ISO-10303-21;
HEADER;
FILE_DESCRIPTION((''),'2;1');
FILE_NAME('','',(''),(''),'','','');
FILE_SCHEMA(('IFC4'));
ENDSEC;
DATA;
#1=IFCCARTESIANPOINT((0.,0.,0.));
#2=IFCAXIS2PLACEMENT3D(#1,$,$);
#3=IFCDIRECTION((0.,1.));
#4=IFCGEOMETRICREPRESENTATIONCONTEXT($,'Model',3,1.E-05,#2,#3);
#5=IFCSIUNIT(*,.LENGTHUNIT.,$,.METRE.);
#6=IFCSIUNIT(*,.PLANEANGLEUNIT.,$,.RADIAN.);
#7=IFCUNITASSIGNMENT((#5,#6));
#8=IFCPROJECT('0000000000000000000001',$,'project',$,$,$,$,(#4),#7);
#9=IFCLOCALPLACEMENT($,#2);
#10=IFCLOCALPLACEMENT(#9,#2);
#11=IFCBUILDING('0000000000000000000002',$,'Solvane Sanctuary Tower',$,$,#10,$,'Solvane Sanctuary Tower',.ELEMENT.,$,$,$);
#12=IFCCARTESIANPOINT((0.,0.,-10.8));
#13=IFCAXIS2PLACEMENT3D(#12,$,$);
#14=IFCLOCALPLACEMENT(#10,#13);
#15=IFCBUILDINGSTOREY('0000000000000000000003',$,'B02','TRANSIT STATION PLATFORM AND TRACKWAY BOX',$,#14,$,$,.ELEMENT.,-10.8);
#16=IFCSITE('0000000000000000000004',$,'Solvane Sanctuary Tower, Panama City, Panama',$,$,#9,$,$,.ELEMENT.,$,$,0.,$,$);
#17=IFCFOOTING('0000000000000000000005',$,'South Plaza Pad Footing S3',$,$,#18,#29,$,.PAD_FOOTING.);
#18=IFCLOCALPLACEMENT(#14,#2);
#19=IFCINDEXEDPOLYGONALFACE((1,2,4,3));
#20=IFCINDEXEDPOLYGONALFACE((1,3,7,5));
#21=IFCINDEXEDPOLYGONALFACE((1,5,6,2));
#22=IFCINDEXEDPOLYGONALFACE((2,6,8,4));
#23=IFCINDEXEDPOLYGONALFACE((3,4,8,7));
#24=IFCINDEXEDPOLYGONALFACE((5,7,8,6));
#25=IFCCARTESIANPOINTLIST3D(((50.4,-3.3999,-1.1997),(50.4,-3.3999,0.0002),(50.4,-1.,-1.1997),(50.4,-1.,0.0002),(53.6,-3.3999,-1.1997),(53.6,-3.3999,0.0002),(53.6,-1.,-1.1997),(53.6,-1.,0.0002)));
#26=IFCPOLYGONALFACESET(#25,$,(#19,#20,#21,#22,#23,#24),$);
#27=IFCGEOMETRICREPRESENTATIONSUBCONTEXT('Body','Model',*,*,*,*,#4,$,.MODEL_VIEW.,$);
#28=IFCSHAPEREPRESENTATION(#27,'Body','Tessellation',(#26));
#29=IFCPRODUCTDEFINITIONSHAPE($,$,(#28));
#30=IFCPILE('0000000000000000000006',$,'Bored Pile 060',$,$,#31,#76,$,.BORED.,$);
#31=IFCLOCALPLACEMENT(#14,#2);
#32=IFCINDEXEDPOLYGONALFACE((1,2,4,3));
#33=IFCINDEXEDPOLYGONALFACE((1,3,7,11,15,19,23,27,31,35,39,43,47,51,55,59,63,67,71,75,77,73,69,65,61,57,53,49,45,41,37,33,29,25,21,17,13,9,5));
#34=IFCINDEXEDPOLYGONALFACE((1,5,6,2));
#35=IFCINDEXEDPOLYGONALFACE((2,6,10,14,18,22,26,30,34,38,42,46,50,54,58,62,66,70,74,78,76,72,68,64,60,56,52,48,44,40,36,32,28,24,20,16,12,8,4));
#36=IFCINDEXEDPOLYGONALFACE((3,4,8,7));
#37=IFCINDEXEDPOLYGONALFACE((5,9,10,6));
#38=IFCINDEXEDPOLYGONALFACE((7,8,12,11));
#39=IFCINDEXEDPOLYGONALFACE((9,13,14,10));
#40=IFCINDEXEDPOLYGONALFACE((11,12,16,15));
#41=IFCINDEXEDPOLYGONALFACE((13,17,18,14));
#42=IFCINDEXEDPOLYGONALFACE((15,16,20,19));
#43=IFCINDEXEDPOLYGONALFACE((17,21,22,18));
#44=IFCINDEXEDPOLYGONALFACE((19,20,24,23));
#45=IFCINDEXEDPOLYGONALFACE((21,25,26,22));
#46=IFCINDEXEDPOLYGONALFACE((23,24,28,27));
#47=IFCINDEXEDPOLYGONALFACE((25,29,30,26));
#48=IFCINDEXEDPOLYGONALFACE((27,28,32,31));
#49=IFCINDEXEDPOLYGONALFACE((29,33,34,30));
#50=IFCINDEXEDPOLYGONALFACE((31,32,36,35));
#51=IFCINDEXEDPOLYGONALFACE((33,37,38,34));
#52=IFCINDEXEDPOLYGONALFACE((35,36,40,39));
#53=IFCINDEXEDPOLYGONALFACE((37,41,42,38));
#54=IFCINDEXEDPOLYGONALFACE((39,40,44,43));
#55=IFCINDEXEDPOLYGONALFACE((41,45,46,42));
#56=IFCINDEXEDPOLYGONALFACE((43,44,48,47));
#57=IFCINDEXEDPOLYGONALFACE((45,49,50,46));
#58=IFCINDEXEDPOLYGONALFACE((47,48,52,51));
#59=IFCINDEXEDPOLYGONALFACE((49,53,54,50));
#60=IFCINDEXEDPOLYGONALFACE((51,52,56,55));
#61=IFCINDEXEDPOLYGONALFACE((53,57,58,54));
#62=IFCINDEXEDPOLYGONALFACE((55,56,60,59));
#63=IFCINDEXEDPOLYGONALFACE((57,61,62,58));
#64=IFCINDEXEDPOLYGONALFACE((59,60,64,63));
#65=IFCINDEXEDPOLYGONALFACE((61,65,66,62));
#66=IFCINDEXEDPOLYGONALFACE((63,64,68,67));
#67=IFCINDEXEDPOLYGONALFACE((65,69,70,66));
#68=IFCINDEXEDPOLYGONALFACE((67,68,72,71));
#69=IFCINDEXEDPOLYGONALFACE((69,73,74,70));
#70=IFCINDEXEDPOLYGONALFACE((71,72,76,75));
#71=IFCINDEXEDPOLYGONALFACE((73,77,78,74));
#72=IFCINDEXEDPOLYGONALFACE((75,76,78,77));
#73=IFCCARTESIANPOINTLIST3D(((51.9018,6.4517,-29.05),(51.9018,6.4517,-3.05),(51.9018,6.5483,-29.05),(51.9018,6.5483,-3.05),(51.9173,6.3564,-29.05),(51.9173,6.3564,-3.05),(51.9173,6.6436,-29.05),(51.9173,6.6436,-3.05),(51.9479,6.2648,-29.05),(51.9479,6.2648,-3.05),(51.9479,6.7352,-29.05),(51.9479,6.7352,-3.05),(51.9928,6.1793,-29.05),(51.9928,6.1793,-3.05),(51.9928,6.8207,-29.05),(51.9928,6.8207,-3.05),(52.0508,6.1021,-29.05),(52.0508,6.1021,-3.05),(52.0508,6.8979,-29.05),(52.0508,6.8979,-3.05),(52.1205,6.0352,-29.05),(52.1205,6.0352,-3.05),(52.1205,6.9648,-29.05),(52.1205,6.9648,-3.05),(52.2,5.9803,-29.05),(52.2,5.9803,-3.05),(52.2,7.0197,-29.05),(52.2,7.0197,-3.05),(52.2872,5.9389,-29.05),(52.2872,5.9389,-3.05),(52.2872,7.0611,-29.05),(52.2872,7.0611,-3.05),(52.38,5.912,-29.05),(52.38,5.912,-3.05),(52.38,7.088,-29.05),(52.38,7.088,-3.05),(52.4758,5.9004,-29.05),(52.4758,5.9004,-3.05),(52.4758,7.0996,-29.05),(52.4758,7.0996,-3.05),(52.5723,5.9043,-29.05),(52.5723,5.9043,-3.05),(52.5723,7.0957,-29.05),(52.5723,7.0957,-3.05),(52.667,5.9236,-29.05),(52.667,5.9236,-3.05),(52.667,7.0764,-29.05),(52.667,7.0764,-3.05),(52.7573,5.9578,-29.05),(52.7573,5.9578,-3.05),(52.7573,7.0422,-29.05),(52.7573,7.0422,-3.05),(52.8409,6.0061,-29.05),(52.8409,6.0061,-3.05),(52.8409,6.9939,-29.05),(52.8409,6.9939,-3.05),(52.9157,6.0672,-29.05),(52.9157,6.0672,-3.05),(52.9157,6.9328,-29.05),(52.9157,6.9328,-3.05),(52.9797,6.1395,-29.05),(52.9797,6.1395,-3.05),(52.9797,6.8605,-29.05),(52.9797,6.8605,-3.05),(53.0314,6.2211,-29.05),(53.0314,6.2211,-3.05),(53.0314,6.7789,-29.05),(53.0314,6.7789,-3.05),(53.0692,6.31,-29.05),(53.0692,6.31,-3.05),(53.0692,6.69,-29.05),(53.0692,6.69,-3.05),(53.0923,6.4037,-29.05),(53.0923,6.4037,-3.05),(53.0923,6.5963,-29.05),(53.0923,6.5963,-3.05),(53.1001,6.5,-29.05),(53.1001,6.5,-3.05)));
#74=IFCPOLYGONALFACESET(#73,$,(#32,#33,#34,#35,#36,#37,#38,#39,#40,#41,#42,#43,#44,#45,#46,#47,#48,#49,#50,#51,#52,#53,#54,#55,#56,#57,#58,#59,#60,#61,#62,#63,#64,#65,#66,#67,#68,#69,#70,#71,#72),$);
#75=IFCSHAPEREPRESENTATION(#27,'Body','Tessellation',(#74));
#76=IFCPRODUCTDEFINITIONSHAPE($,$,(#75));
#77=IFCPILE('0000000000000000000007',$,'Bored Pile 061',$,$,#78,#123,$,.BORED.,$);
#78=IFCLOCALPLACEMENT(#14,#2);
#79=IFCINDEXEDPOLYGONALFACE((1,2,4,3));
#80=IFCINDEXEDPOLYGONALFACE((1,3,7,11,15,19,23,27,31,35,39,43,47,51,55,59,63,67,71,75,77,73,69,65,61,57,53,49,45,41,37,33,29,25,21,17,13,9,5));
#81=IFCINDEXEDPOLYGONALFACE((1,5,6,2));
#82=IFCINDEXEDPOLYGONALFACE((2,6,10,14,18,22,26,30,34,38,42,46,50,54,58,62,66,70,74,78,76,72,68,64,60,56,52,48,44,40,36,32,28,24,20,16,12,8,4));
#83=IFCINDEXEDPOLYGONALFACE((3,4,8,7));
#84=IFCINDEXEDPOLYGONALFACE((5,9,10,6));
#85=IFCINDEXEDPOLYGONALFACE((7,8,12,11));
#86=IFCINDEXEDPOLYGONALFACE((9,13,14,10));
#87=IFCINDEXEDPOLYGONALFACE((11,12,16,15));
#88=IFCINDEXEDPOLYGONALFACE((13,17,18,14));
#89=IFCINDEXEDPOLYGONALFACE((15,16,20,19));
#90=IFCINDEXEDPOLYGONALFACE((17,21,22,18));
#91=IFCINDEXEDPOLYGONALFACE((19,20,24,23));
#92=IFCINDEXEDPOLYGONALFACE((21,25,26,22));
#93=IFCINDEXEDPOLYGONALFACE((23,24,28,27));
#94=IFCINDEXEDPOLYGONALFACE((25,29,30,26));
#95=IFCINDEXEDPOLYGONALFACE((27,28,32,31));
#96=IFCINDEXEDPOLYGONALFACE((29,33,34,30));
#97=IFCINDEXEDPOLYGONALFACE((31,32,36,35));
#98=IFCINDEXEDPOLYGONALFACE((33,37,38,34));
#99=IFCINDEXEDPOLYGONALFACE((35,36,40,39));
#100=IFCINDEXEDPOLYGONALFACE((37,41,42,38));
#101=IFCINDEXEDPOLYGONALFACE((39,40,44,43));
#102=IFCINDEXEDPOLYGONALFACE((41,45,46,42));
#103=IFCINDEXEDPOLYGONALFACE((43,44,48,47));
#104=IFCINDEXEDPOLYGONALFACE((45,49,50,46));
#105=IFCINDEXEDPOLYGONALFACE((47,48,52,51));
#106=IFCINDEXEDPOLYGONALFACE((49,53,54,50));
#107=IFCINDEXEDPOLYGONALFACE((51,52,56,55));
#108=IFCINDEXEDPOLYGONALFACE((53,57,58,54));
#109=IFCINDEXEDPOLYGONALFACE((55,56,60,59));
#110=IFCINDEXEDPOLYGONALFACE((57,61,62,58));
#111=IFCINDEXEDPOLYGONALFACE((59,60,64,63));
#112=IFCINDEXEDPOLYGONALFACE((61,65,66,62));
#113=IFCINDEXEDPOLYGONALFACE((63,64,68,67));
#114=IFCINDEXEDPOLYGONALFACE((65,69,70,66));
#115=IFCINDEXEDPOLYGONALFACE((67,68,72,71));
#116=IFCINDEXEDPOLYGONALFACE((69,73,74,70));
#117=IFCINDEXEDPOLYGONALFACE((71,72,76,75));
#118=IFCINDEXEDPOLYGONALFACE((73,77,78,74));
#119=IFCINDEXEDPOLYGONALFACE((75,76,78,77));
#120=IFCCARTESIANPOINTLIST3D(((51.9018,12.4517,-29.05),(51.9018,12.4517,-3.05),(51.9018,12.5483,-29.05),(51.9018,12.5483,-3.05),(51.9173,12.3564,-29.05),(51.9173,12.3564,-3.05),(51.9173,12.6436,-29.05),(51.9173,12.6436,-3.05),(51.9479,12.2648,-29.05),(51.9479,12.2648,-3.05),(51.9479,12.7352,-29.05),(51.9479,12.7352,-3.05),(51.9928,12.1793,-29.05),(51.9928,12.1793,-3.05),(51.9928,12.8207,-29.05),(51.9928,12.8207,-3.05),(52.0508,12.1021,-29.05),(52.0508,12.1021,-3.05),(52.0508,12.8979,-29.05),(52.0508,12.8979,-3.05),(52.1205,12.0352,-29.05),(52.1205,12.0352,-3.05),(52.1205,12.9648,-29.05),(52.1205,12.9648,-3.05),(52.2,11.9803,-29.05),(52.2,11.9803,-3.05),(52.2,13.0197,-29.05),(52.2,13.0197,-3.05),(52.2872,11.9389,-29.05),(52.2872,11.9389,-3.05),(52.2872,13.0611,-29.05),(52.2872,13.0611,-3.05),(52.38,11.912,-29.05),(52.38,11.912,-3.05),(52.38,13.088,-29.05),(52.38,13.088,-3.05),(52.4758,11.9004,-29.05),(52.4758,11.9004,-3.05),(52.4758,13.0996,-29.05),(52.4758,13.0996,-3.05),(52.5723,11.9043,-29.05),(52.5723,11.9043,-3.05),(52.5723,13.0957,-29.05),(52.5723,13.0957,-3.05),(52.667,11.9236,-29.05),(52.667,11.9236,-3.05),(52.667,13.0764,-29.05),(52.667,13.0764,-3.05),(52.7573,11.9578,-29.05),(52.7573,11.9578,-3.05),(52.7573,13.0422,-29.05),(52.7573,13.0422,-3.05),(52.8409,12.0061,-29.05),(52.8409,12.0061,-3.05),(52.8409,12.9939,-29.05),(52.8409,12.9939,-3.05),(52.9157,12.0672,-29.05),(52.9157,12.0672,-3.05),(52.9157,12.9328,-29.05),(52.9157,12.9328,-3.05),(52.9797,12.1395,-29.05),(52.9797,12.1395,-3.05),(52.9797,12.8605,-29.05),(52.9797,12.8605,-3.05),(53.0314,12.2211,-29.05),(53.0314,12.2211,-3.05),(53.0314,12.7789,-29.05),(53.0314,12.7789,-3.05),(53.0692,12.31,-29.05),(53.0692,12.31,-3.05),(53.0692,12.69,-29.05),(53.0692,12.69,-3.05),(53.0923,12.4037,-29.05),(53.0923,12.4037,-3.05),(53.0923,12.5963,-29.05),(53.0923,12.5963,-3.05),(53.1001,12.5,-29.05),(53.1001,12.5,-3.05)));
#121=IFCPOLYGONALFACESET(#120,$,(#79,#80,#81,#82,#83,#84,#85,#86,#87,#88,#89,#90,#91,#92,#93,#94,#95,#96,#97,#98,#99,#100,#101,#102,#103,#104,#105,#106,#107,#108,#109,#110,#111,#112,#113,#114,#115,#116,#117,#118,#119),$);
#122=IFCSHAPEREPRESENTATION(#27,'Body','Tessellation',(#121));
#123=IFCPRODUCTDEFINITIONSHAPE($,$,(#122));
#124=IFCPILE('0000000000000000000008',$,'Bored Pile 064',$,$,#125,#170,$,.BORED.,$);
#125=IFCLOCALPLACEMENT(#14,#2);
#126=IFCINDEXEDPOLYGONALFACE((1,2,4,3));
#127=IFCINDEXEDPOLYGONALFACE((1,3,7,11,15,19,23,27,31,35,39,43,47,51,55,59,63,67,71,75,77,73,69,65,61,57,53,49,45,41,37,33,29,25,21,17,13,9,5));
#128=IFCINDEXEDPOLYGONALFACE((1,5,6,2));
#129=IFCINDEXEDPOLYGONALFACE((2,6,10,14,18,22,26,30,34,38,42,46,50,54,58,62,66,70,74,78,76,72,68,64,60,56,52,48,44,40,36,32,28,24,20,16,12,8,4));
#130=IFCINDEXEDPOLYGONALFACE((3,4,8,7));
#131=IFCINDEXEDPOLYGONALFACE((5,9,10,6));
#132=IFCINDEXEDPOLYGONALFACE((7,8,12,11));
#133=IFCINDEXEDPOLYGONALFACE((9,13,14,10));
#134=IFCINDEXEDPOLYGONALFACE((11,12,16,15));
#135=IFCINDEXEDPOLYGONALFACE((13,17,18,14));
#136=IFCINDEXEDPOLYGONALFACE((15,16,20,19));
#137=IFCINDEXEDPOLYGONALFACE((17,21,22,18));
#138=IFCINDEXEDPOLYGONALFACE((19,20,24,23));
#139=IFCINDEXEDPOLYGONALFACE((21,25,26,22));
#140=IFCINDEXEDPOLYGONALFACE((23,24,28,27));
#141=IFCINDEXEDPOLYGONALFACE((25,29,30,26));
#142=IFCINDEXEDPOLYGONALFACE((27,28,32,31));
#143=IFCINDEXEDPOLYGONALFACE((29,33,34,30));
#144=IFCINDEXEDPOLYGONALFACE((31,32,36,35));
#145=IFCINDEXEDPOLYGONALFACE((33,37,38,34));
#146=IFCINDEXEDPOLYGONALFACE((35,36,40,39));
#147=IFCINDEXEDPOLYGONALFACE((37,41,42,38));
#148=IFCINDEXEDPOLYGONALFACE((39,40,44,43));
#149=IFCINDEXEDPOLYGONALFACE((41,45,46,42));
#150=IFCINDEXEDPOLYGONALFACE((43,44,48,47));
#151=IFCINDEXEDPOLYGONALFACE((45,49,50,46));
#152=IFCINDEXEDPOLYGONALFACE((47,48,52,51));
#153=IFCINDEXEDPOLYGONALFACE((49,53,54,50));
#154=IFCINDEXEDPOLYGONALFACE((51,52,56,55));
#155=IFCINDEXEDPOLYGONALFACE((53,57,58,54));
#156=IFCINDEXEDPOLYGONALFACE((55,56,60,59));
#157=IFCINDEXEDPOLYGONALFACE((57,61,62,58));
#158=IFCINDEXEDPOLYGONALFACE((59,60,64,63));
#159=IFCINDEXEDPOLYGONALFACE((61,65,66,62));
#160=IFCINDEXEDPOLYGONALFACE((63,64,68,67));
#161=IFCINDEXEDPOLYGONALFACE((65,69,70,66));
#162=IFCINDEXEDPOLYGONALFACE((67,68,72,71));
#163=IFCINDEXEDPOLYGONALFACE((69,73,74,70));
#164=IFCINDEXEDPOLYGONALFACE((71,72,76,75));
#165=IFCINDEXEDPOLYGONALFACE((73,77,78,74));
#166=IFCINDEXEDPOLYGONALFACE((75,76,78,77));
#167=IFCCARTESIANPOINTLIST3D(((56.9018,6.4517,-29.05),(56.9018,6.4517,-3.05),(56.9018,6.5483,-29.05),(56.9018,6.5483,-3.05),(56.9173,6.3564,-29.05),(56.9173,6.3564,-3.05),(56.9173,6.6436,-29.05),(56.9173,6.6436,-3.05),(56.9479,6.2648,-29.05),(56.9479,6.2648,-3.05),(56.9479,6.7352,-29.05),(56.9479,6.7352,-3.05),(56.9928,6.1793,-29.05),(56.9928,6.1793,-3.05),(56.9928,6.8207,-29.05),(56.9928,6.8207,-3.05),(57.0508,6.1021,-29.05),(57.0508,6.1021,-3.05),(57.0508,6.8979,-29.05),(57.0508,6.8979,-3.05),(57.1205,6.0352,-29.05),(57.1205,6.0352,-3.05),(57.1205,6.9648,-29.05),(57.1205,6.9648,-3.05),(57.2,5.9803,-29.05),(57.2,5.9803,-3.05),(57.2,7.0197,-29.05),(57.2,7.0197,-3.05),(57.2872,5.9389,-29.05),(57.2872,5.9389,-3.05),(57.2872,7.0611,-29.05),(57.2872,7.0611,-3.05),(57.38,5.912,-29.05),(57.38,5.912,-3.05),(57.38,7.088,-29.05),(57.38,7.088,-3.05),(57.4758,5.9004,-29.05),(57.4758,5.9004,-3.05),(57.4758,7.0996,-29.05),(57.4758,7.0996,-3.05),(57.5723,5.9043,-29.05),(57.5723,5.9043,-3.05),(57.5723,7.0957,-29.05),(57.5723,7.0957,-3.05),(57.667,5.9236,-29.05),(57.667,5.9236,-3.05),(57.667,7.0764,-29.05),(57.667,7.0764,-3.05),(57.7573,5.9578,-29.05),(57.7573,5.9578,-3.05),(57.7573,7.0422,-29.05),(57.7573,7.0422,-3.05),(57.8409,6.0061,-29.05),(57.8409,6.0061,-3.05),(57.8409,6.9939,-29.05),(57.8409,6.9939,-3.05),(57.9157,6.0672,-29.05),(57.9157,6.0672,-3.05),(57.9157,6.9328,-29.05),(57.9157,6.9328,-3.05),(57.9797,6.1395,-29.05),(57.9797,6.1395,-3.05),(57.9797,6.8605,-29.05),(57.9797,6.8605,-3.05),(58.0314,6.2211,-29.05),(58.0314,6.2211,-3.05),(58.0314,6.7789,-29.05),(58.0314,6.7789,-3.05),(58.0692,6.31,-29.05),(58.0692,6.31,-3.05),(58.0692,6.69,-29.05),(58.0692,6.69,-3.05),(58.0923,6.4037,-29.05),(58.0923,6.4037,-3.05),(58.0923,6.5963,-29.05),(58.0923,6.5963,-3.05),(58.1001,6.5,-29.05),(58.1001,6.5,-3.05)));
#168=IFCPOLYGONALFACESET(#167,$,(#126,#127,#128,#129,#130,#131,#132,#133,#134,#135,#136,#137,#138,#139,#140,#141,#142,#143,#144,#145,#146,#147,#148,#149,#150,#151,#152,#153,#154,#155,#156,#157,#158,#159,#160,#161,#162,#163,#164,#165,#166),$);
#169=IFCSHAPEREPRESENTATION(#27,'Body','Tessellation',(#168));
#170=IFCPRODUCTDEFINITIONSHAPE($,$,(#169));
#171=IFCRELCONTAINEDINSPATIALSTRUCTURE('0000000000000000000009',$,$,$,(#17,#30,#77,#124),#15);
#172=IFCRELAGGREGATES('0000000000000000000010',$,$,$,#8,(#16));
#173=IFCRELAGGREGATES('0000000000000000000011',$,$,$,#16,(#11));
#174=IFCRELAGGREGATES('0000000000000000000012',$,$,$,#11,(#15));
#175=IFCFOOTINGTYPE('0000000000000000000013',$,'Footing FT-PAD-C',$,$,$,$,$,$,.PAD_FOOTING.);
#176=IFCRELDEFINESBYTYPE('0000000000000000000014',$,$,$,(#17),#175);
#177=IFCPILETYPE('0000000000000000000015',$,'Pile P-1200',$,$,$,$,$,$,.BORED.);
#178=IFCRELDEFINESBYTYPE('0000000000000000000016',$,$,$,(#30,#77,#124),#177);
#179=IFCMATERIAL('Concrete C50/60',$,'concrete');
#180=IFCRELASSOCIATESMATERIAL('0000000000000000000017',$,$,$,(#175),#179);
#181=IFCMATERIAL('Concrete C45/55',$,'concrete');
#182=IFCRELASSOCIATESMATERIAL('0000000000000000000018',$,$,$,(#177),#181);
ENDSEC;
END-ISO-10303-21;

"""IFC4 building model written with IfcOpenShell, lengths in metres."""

from ifc_helpers import new_model, si_unit, direction, frame, origin, origin_2d, place, context, subcontext, project, spatial, rectangle, circle, extrude, material, material_profile, profile_set, type_object, element, save


model = new_model("IFC4")

# Units and contexts
model_context = context("Model", 3, precision=1e-05, world=origin(), true_north=direction((0.0, 1.0)))
body_context = subcontext(model_context, "Body", "Model", "MODEL_VIEW")
ifc_project = project(units=[si_unit("LENGTHUNIT", "METRE"), si_unit("PLANEANGLEUNIT", "RADIAN")], contexts=[model_context])

# Site, building, storey
site_placement = place(None, origin())
site = spatial("IfcSite", under=ifc_project, at=site_placement, Name="Solvane Sanctuary Tower, Panama City, Panama", CompositionType="ELEMENT", RefElevation=0.0)
building_placement = place(site_placement, origin())
building = spatial("IfcBuilding", under=site, at=building_placement, Name="Solvane Sanctuary Tower", LongName="Solvane Sanctuary Tower", CompositionType="ELEMENT")
storey_placement = place(building_placement, frame((0.0, 0.0, -10.8)))
storey = spatial("IfcBuildingStorey", under=building, at=storey_placement, Name="B02", Description="TRANSIT STATION PLATFORM AND TRACKWAY BOX", CompositionType="ELEMENT", Elevation=-10.8)

# Footing
ifc_material_1 = material(Name="Concrete C50/60", Category="concrete")
footing_type = type_object("IfcFootingType", Name="Footing FT-PAD-C", PredefinedType="PAD_FOOTING", material=ifc_material_1)
footing_placement = place(storey_placement, frame((52.0, -2.2, -1.1997), z_axis=(0.0, 0.0, 1.0), x_axis=(1.0, 0.0, 0.0)))
element("IfcFooting", 1, at=footing_placement, inside=storey, type_object=footing_type, Name="South Plaza Pad Footing S3", PredefinedType="PAD_FOOTING", context=body_context, shape_type="SweptSolid", body=[
    extrude(rectangle(XDim=3.2, YDim=2.3999, at=origin_2d()), origin(), (0.0, 0.0, 1.0), 1.2),
])

# Piles
ifc_material_2 = material(Name="Concrete C45/55", Category="concrete")
ifc_material_profile_1 = material_profile(ifc_material_2, circle(Radius=0.6001, at=origin_2d()), Name="PILE1200")
ifc_profile_set_1 = profile_set([ifc_material_profile_1], Name="Concrete C45/55")
pile_type_1 = type_object("IfcPileType", Name="Pile P-1200", PredefinedType="BORED", material=ifc_profile_set_1)
for number, where, z_axis, x_axis, name in (
    (2, (52.5, 6.5, -3.05), (0.0, 0.0, -1.0), (1.0, 0.0, 0.0), "Bored Pile 060"),
    (3, (52.5, 12.5, -3.05), (0.0, 0.0, -1.0), (1.0, 0.0, 0.0), "Bored Pile 061"),
    (4, (57.5, 6.5, -3.05), (0.0, 0.0, -1.0), (1.0, 0.0, 0.0), "Bored Pile 064"),
):
    element("IfcPile", number, at=place(storey_placement, frame(where, z_axis=z_axis, x_axis=x_axis)), inside=storey, type_object=pile_type_1, Name=name, PredefinedType="BORED", context=body_context, shape_type="SweptSolid", body=[
        extrude(circle(Radius=0.6001, at=origin_2d()), origin(), (0.0, 0.0, 1.0), 26.0),
    ])

save(model, "model.ifc")
